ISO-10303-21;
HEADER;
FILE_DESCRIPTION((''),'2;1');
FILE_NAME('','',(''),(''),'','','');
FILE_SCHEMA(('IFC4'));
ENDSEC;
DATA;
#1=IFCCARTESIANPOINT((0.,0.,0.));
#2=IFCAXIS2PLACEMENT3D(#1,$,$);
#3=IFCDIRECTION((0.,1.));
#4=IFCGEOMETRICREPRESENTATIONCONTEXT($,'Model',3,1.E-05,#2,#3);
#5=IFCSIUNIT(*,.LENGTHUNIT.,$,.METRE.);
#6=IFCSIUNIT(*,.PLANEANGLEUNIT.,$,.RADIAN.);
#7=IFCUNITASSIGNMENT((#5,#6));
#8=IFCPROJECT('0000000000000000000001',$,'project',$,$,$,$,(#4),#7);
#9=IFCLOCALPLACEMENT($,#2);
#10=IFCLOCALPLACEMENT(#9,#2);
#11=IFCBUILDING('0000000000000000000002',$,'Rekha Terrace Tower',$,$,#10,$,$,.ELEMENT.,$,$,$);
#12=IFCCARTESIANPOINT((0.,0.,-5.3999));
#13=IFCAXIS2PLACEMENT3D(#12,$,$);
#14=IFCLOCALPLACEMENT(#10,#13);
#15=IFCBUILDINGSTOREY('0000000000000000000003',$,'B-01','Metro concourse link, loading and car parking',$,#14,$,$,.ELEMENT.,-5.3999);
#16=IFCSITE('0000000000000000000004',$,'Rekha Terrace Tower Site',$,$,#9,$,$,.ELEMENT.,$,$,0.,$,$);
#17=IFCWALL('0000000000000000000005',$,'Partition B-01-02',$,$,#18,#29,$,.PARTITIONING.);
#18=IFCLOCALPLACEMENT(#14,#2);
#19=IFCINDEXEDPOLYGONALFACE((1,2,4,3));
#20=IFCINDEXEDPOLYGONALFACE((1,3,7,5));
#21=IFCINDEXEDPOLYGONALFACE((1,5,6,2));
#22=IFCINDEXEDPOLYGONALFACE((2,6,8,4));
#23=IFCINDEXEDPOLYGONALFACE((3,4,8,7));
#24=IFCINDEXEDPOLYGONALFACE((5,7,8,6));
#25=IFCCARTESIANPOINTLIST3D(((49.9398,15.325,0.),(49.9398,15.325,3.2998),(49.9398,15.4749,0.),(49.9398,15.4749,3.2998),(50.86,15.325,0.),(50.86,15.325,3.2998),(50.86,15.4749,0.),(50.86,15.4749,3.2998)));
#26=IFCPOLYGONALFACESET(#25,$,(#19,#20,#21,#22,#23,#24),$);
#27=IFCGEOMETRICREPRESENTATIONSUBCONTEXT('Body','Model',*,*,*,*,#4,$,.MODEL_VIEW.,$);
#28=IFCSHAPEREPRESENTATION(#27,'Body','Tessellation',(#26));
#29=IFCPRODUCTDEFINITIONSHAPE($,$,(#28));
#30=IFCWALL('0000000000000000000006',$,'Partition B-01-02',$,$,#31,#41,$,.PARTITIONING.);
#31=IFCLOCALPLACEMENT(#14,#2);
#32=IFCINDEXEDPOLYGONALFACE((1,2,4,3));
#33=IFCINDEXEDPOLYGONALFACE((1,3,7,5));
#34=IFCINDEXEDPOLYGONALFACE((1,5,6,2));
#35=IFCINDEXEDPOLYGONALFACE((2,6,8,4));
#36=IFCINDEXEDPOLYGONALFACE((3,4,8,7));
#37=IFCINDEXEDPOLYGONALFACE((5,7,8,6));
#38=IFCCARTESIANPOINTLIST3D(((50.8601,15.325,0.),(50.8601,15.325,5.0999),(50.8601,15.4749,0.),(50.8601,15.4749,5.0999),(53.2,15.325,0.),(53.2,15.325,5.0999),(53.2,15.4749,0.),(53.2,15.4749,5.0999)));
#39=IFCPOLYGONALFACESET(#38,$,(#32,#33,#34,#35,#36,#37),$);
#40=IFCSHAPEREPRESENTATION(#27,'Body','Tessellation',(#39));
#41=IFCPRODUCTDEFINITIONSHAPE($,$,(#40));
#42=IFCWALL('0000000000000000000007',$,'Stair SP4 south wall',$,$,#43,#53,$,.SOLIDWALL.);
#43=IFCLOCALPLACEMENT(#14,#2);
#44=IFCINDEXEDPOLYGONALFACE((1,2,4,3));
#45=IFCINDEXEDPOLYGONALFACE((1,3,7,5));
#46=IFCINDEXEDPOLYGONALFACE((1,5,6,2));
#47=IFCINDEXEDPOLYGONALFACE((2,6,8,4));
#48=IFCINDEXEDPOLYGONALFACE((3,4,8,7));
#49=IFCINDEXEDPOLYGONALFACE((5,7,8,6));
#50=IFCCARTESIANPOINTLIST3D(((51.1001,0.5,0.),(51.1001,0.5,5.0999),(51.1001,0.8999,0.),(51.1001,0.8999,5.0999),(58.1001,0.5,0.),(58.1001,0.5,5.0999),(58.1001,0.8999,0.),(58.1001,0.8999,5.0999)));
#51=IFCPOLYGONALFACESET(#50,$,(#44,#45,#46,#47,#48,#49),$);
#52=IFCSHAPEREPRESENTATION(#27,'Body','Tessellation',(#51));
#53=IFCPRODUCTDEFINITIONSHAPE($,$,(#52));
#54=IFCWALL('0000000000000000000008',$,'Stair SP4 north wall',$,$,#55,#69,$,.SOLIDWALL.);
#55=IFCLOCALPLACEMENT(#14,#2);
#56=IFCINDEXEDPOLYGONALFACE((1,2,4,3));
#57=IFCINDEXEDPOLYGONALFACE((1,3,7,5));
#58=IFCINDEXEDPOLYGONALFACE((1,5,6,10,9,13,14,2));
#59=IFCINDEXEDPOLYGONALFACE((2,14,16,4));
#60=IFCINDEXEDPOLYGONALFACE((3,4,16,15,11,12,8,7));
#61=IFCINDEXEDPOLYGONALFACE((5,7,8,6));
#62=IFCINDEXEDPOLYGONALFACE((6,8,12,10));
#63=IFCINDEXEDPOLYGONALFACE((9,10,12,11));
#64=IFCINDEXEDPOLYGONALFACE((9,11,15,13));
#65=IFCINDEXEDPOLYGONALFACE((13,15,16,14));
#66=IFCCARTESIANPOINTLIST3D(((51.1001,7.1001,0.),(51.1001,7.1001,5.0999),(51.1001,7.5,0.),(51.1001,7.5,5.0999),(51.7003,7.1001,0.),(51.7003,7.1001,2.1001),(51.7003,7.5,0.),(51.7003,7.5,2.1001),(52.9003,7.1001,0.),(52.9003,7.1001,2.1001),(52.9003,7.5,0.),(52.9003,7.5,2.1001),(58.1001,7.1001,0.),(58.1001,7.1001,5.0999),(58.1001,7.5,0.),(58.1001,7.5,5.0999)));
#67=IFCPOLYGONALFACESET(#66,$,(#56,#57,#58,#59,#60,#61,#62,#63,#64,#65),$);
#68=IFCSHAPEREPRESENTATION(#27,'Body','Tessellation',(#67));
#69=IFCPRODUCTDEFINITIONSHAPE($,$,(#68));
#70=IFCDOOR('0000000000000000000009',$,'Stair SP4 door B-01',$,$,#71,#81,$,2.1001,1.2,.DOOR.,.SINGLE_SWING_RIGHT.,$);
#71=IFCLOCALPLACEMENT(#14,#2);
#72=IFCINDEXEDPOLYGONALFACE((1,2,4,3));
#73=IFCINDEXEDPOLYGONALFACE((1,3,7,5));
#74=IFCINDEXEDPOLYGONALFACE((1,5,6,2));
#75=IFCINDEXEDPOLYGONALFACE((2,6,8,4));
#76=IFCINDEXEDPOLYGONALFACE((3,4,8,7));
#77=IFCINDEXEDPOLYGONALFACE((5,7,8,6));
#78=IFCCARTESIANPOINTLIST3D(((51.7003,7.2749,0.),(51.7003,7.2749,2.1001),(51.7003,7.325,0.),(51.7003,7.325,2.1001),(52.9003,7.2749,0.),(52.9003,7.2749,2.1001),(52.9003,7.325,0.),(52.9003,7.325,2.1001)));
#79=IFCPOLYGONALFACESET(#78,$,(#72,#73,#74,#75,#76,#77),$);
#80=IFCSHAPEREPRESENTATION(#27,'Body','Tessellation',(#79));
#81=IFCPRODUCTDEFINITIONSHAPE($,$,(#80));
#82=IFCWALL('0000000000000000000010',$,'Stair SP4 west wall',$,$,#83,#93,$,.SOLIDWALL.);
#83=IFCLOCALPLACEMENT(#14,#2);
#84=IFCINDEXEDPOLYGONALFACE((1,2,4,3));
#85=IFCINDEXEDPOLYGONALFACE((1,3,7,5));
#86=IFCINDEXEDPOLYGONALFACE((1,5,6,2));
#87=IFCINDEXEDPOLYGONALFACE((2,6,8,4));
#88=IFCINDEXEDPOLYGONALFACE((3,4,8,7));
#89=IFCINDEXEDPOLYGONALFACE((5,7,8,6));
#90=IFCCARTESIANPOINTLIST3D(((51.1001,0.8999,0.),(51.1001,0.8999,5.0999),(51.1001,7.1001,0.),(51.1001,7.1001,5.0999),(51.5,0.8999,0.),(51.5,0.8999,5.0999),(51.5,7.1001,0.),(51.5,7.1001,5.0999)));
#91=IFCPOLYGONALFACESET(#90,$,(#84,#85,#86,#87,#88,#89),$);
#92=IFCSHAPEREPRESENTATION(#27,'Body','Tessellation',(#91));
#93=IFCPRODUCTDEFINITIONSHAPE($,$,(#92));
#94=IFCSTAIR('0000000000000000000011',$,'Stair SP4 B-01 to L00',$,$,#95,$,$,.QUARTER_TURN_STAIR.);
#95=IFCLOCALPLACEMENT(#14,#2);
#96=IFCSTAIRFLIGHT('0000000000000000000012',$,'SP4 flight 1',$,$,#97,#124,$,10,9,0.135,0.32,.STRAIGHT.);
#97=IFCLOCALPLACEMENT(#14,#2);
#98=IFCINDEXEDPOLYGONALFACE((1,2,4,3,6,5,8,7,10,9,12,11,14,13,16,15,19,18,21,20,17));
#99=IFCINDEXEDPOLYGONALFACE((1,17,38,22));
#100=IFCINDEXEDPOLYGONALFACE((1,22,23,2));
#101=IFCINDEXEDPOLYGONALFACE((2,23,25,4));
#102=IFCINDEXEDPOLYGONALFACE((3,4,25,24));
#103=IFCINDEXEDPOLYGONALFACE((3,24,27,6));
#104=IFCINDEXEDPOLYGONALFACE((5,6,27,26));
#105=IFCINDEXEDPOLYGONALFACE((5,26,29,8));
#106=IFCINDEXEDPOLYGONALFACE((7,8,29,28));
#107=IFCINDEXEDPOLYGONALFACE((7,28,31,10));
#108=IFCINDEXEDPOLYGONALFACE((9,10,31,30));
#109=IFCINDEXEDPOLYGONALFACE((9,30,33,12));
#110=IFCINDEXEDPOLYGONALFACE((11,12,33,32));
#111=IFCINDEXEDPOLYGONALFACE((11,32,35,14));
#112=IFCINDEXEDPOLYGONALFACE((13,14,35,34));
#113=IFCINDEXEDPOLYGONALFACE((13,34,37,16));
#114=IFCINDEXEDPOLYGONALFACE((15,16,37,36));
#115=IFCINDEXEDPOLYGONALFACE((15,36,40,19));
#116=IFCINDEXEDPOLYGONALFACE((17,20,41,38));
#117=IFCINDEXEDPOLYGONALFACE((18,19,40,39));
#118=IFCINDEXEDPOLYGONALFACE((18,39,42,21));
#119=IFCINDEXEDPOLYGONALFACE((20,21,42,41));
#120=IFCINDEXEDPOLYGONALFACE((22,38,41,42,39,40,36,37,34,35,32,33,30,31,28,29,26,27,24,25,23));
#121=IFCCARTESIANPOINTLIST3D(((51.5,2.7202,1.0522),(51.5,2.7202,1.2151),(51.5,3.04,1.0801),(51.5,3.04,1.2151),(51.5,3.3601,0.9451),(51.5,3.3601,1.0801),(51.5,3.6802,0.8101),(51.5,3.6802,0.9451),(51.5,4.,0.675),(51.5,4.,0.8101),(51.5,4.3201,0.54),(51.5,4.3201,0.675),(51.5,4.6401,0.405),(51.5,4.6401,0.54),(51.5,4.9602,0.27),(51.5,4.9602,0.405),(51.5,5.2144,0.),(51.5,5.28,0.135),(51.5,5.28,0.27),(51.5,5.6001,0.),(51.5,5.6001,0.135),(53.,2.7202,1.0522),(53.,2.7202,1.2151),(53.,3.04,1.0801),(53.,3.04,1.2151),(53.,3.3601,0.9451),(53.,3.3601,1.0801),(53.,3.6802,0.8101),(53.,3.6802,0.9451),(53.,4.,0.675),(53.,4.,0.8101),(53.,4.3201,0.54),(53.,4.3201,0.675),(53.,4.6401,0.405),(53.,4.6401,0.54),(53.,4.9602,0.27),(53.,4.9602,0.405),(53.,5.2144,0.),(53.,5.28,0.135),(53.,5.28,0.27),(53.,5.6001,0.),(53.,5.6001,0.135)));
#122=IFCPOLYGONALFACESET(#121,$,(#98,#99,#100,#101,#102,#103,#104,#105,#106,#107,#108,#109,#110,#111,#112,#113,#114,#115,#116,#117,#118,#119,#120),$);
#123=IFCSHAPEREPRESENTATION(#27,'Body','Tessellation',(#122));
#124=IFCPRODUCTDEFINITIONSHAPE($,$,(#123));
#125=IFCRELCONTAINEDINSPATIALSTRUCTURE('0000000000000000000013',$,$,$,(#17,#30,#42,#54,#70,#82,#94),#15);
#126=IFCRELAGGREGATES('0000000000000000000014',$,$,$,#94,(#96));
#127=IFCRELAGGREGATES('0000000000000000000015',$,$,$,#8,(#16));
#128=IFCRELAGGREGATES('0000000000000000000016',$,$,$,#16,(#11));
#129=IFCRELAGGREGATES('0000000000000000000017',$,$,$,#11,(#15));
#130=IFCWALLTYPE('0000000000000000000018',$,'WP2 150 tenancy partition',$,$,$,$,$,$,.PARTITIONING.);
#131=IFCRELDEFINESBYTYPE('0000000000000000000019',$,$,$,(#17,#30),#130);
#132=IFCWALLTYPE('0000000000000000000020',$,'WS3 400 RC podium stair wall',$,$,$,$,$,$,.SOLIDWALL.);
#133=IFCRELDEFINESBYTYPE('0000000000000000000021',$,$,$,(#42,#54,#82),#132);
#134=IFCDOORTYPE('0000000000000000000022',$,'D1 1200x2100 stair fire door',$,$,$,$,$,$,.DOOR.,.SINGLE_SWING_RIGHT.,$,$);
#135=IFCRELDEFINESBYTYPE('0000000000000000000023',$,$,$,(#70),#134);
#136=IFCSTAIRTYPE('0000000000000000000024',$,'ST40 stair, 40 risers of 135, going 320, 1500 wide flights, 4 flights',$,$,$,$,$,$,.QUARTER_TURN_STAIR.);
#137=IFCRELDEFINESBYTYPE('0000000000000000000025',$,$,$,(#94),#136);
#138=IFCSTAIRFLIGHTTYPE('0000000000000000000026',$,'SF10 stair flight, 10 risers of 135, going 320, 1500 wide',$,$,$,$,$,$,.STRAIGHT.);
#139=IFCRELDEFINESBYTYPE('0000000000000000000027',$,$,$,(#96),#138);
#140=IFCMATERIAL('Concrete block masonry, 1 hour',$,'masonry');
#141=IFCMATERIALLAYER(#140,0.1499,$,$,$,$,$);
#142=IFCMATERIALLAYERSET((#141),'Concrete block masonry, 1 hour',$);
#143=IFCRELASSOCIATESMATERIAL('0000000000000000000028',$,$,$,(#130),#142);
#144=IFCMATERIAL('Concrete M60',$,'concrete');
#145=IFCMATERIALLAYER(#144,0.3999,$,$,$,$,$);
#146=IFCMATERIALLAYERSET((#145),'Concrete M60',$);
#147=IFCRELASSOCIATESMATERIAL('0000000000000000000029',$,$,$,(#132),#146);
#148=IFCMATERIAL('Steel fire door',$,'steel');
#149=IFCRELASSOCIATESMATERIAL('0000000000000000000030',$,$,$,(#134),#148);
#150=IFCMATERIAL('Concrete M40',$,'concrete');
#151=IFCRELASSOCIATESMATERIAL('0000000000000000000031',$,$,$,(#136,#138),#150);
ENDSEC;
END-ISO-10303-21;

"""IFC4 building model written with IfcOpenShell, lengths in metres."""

from ifc_helpers import new_model, si_unit, direction, frame, frame_2d, origin, place, context, subcontext, project, spatial, polyline, rectangle, outline, extrude, material, layer, layer_set, type_object, element, fill, aggregate, save


model = new_model("IFC4")

# Units and contexts
model_context = context("Model", 3, precision=1e-05, world=origin(), true_north=direction((0.0, 1.0)))
body_context = subcontext(model_context, "Body", "Model", "MODEL_VIEW")
ifc_project = project(units=[si_unit("LENGTHUNIT", "METRE"), si_unit("PLANEANGLEUNIT", "RADIAN")], contexts=[model_context])

# Site, building, storey
site_placement = place(None, origin())
site = spatial("IfcSite", under=ifc_project, at=site_placement, Name="Rekha Terrace Tower Site", CompositionType="ELEMENT", RefElevation=0.0)
building_placement = place(site_placement, origin())
building = spatial("IfcBuilding", under=site, at=building_placement, Name="Rekha Terrace Tower", CompositionType="ELEMENT")
storey_placement = place(building_placement, frame((0.0, 0.0, -5.3999)))
storey = spatial("IfcBuildingStorey", under=building, at=storey_placement, Name="B-01", Description="Metro concourse link, loading and car parking", CompositionType="ELEMENT", Elevation=-5.3999)

# Shared definitions
ifc_material_1 = material(Name="Concrete M60", Category="concrete")

# Shared definitions
ifc_material_2 = material(Name="Concrete M40", Category="concrete")

# Shared definitions
ifc_material_3 = material(Name="Concrete block masonry, 1 hour", Category="masonry")
ifc_layer_1 = layer(ifc_material_3, 0.1499)
ifc_layer_set_1 = layer_set([ifc_layer_1], Name="Concrete block masonry, 1 hour")
wall_type_1 = type_object("IfcWallType", Name="WP2 150 tenancy partition", PredefinedType="PARTITIONING", material=ifc_layer_set_1)

# Walls
wall_1_placement = place(storey_placement, frame((49.9399, 15.3999, 0.0), z_axis=(0.0, 0.0, 1.0), x_axis=(1.0, 0.0, 0.0)))
element("IfcWall", 1, at=wall_1_placement, inside=storey, type_object=wall_type_1, Name="Partition B-01-02", PredefinedType="PARTITIONING", context=body_context, shape_type="SweptSolid", body=[
    extrude(rectangle(XDim=0.9202, YDim=0.1499, at=frame_2d((0.46, 0.0))), origin(), (0.0, 0.0, 1.0), 3.2998),
])
wall_2_placement = place(storey_placement, frame((50.8601, 15.3999, 0.0), z_axis=(0.0, 0.0, 1.0), x_axis=(1.0, 0.0, 0.0)))
element("IfcWall", 2, at=wall_2_placement, inside=storey, type_object=wall_type_1, Name="Partition B-01-02", PredefinedType="PARTITIONING", context=body_context, shape_type="SweptSolid", body=[
    extrude(rectangle(XDim=2.3398, YDim=0.1499, at=frame_2d((1.1699, 0.0))), origin(), (0.0, 0.0, 1.0), 5.0999),
])
ifc_layer_2 = layer(ifc_material_1, 0.3999)
ifc_layer_set_2 = layer_set([ifc_layer_2], Name="Concrete M60")
wall_type_2 = type_object("IfcWallType", Name="WS3 400 RC podium stair wall", PredefinedType="SOLIDWALL", material=ifc_layer_set_2)
wall_3_placement = place(storey_placement, frame((51.1001, 0.7, 0.0), z_axis=(0.0, 0.0, 1.0), x_axis=(1.0, 0.0, 0.0)))
element("IfcWall", 3, at=wall_3_placement, inside=storey, type_object=wall_type_2, Name="Stair SP4 south wall", PredefinedType="SOLIDWALL", context=body_context, shape_type="SweptSolid", body=[
    extrude(rectangle(XDim=7.0, YDim=0.3999, at=frame_2d((3.5, 0.0))), origin(), (0.0, 0.0, 1.0), 5.0999),
])

# Wall, opening, door
wall_4_placement = place(storey_placement, frame((51.1001, 7.3, 0.0), z_axis=(0.0, 0.0, 1.0), x_axis=(1.0, 0.0, 0.0)))
wall_4 = element("IfcWall", 4, at=wall_4_placement, inside=storey, type_object=wall_type_2, Name="Stair SP4 north wall", PredefinedType="SOLIDWALL", context=body_context, shape_type="SweptSolid", body=[
    extrude(rectangle(XDim=7.0, YDim=0.3999, at=frame_2d((3.5, 0.0))), origin(), (0.0, 0.0, 1.0), 5.0999),
])
opening_1_placement = place(wall_4_placement, frame((0.6001, 0.0, 0.0)))
opening_1 = element("IfcOpeningElement", 5, at=opening_1_placement, cuts=wall_4, PredefinedType="OPENING", context=body_context, shape_type="SweptSolid", body=[
    extrude(rectangle(XDim=1.2, YDim=2.1001, at=frame_2d((0.6001, 1.05))), frame((0.0, 0.21, 0.0), z_axis=(0.0, -1.0, 0.0), x_axis=(1.0, 0.0, 0.0)), (0.0, 0.0, 1.0), 0.4199),
])
ifc_material_4 = material(Name="Steel fire door", Category="steel")
door_type_1 = type_object("IfcDoorType", Name="D1 1200x2100 stair fire door", OperationType="SINGLE_SWING_RIGHT", PredefinedType="DOOR", material=ifc_material_4)
door_1_placement = place(opening_1_placement, origin())
door_1 = element("IfcDoor", 6, at=door_1_placement, inside=storey, type_object=door_type_1, Name="Stair SP4 door B-01", OperationType="SINGLE_SWING_RIGHT", OverallHeight=2.1001, OverallWidth=1.2, PredefinedType="DOOR", context=body_context, shape_type="SweptSolid", body=[
    extrude(rectangle(XDim=1.2, YDim=2.1001, at=frame_2d((0.6001, 1.05))), frame((0.0, 0.0249, 0.0), z_axis=(0.0, -1.0, 0.0), x_axis=(1.0, 0.0, 0.0)), (0.0, 0.0, 1.0), 0.05),
])
fill(opening_1, door_1)

# Wall
wall_5_placement = place(storey_placement, frame((51.3, 0.8999, 0.0), z_axis=(0.0, 0.0, 1.0), x_axis=(0.0, 1.0, 0.0)))
element("IfcWall", 7, at=wall_5_placement, inside=storey, type_object=wall_type_2, Name="Stair SP4 west wall", PredefinedType="SOLIDWALL", context=body_context, shape_type="SweptSolid", body=[
    extrude(rectangle(XDim=6.2002, YDim=0.3999, at=frame_2d((3.1001, 0.0))), origin(), (0.0, 0.0, 1.0), 5.0999),
])

# Stair, stair flight
stair_type = type_object("IfcStairType", Name="ST40 stair, 40 risers of 135, going 320, 1500 wide flights, 4 flights", PredefinedType="QUARTER_TURN_STAIR", material=ifc_material_2)
stair_placement = place(storey_placement, origin())
stair = element("IfcStair", 8, at=stair_placement, inside=storey, type_object=stair_type, Name="Stair SP4 B-01 to L00", PredefinedType="QUARTER_TURN_STAIR")
stair_flight_type = type_object("IfcStairFlightType", Name="SF10 stair flight, 10 risers of 135, going 320, 1500 wide", PredefinedType="STRAIGHT", material=ifc_material_2)
stair_flight_placement = place(storey_placement, frame((52.25, 5.6001, 0.0), z_axis=(0.0, 0.0, 1.0), x_axis=(0.0, -1.0, 0.0)))
stair_flight = element("IfcStairFlight", 9, at=stair_flight_placement, type_object=stair_flight_type, Name="SP4 flight 1", NumberOfRisers=10, NumberOfTreads=9, PredefinedType="STRAIGHT", RiserHeight=0.135, TreadLength=0.32, context=body_context, shape_type="SweptSolid", body=[
    extrude(outline(polyline([(0.0, 0.0), (0.0, 0.135), (0.3201, 0.135), (0.3201, 0.27), (0.6399, 0.27), (0.6399, 0.405), (0.96, 0.405), (0.96, 0.54), (1.28, 0.54), (1.28, 0.675), (1.6001, 0.675), (1.6001, 0.8101), (1.9199, 0.8101), (1.9199, 0.9451), (2.24, 0.9451), (2.24, 1.0801), (2.5601, 1.0801), (2.5601, 1.2151), (2.8799, 1.2151), (2.8799, 1.3501), (2.8799, 1.0522), (0.3857, 0.0), (0.0, 0.0)])), frame((0.0, 0.75, 0.0), z_axis=(0.0, -1.0, 0.0), x_axis=(1.0, 0.0, 0.0)), (0.0, 0.0, 1.0), 1.5),
])
aggregate(stair, [stair_flight])

save(model, "model.ifc")
